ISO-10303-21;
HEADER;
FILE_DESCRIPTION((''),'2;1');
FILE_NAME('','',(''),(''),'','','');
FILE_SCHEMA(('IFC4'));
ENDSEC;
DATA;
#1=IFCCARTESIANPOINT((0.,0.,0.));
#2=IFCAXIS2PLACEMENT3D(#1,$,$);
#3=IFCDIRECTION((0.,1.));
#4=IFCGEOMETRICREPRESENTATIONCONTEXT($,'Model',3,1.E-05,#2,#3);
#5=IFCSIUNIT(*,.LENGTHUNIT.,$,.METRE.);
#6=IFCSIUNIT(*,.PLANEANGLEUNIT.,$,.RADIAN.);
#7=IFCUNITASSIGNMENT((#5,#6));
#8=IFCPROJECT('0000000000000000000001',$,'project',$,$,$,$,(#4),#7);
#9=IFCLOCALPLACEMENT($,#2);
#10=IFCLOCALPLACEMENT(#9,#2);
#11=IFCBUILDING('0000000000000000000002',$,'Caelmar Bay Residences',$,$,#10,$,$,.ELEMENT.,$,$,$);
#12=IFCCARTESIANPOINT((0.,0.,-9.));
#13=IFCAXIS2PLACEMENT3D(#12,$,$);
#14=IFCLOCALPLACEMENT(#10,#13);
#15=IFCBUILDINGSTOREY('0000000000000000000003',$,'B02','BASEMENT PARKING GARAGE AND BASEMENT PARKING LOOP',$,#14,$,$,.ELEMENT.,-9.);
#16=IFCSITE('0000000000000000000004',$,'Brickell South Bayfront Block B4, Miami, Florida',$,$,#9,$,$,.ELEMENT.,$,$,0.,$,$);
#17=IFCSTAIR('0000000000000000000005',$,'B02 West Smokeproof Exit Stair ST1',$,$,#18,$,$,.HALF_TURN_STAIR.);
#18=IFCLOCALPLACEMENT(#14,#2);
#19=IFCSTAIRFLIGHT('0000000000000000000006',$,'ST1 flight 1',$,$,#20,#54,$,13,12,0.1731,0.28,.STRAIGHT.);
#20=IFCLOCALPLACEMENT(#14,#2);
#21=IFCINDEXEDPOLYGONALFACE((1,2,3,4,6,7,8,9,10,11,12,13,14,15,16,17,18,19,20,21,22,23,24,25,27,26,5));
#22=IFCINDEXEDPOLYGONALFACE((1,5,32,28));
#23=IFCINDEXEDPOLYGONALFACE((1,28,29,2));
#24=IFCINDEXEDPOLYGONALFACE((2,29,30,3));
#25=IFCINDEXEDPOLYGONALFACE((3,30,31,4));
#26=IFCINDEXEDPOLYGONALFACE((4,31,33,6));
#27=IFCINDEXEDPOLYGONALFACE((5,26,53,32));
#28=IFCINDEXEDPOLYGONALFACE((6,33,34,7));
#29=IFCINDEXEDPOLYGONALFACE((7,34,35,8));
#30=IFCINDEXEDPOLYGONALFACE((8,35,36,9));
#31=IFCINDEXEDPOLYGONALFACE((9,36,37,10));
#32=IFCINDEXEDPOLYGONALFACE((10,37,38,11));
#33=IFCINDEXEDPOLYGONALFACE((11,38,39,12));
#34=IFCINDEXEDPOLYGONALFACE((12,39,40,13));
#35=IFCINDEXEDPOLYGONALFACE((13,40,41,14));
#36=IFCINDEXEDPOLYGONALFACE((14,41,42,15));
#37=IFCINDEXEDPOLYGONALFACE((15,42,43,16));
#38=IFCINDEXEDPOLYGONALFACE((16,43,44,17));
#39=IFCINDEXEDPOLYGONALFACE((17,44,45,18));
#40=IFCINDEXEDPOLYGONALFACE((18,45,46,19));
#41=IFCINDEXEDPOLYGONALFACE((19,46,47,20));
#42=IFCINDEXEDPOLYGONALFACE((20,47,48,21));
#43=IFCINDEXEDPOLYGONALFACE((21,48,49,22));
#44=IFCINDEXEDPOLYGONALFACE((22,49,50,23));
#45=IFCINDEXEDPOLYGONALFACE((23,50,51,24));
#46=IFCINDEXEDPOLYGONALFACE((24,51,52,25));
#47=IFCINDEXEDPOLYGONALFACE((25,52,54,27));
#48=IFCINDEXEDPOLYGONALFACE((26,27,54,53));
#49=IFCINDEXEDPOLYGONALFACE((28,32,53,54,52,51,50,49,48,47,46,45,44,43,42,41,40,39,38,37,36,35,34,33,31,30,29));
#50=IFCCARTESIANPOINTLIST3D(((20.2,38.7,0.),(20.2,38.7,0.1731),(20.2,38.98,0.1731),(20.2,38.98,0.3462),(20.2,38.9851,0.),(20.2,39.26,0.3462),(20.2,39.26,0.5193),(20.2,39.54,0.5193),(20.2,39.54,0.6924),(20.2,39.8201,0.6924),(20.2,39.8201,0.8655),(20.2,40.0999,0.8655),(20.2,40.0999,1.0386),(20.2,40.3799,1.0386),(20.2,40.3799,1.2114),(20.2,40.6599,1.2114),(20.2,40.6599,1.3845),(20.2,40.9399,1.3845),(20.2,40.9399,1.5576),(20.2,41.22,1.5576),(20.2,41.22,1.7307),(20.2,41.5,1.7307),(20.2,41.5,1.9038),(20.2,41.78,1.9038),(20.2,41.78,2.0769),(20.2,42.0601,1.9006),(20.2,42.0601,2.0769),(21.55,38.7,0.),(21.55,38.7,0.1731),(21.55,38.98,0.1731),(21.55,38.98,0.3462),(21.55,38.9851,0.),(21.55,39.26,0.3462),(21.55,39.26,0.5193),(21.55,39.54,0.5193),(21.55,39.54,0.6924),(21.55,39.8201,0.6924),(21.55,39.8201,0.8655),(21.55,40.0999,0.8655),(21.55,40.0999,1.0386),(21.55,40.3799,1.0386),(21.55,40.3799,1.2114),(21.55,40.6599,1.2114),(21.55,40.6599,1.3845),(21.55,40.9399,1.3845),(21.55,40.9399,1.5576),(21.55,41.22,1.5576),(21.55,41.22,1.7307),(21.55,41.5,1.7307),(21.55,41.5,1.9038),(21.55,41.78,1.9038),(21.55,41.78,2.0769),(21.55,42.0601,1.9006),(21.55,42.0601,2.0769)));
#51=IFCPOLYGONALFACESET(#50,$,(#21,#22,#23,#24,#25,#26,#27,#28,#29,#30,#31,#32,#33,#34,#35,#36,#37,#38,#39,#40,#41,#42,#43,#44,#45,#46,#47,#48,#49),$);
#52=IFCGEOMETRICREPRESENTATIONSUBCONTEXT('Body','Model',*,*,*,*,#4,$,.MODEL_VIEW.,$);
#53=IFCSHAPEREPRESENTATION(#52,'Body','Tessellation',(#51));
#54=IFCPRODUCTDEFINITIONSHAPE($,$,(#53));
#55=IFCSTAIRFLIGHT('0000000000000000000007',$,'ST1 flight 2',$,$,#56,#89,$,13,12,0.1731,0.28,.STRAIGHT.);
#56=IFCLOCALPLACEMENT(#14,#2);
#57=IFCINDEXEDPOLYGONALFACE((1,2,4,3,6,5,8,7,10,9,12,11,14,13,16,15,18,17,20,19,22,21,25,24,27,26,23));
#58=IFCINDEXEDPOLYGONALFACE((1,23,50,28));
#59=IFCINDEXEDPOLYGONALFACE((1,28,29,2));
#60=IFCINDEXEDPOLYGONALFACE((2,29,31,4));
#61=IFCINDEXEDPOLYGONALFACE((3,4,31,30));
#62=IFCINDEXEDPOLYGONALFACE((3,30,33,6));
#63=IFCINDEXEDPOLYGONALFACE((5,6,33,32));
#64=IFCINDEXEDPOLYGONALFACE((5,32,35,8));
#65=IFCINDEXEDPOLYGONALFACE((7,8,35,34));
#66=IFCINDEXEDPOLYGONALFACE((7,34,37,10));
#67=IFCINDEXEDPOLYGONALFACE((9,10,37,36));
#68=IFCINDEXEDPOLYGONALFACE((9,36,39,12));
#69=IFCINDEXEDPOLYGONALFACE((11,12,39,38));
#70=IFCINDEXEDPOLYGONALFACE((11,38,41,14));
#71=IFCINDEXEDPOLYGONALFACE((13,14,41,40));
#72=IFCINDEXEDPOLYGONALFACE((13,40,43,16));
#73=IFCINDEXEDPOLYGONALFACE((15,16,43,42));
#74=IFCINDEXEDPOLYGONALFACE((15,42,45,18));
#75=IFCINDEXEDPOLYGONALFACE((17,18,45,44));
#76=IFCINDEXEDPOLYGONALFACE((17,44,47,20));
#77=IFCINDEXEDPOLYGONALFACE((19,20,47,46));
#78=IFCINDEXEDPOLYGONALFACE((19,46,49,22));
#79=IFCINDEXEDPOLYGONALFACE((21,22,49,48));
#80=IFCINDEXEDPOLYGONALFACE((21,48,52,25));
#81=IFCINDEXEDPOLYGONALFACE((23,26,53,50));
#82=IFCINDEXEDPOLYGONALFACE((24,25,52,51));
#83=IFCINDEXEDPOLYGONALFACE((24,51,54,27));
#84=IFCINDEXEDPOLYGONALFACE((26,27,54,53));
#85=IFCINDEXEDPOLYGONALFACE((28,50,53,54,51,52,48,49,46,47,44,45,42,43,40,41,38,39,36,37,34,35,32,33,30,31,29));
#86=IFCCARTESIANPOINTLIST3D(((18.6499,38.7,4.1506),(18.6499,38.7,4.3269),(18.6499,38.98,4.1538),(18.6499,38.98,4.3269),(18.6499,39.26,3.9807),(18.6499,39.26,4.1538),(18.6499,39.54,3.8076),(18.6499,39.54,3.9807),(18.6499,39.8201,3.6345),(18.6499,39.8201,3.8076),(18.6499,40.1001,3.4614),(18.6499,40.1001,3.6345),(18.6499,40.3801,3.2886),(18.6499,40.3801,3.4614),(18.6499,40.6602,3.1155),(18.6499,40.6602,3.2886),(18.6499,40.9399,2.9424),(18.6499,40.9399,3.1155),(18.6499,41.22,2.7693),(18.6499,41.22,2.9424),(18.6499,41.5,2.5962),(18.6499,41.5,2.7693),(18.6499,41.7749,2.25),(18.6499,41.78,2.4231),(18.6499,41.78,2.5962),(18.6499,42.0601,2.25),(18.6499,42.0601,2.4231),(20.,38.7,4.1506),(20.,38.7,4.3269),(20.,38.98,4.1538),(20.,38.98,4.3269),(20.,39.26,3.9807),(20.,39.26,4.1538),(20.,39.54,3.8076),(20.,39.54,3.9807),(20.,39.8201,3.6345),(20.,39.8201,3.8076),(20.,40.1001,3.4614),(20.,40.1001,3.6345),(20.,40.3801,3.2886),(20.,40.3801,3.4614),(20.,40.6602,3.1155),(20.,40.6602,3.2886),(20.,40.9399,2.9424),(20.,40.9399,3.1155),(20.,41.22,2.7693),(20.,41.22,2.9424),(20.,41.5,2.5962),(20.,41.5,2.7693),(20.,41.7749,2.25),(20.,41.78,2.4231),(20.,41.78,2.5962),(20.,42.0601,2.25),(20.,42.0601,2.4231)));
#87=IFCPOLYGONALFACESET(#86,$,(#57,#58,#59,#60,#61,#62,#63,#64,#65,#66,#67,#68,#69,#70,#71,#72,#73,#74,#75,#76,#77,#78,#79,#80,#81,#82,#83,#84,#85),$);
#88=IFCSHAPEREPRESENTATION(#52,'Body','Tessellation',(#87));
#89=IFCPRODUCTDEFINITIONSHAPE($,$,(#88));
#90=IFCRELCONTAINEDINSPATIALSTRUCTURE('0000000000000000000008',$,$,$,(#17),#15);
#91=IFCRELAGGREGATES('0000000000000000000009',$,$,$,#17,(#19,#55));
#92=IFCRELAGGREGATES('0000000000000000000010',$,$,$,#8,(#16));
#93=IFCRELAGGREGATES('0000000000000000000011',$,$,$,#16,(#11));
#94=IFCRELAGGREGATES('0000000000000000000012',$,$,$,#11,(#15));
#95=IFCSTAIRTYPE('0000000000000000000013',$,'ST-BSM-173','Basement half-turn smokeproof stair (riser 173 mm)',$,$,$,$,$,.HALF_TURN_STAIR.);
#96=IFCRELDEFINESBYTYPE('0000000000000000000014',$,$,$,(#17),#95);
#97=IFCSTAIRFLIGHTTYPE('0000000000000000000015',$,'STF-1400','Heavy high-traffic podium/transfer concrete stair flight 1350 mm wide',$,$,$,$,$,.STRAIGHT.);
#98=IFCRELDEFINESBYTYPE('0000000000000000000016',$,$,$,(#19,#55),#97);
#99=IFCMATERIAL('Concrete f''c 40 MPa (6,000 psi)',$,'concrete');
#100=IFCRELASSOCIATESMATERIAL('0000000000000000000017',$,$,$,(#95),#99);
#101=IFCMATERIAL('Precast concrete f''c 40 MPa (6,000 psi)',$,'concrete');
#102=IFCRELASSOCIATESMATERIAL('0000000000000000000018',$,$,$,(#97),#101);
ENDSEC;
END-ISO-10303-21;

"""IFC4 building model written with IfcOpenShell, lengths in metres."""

from ifc_helpers import new_model, si_unit, direction, frame, origin, place, context, subcontext, project, spatial, polyline, outline, extrude, material, type_object, element, aggregate, save


model = new_model("IFC4")

# Units and contexts
model_context = context("Model", 3, precision=1e-05, world=origin(), true_north=direction((0.0, 1.0)))
body_context = subcontext(model_context, "Body", "Model", "MODEL_VIEW")
ifc_project = project(units=[si_unit("LENGTHUNIT", "METRE"), si_unit("PLANEANGLEUNIT", "RADIAN")], contexts=[model_context])

# Site, building, storey
site_placement = place(None, origin())
site = spatial("IfcSite", under=ifc_project, at=site_placement, Name="Brickell South Bayfront Block B4, Miami, Florida", CompositionType="ELEMENT", RefElevation=0.0)
building_placement = place(site_placement, origin())
building = spatial("IfcBuilding", under=site, at=building_placement, Name="Caelmar Bay Residences", CompositionType="ELEMENT")
storey_placement = place(building_placement, frame((0.0, 0.0, -9.0)))
storey = spatial("IfcBuildingStorey", under=building, at=storey_placement, Name="B02", Description="BASEMENT PARKING GARAGE AND BASEMENT PARKING LOOP", CompositionType="ELEMENT", Elevation=-9.0)

# Shared definitions
ifc_material_1 = material(Name="Concrete f'c 40 MPa (6,000 psi)", Category="concrete")

# Stair, stair flights
stair_type = type_object("IfcStairType", Name="ST-BSM-173", Description="Basement half-turn smokeproof stair (riser 173 mm)", PredefinedType="HALF_TURN_STAIR", material=ifc_material_1)
stair_placement = place(storey_placement, origin())
stair = element("IfcStair", 1, at=stair_placement, inside=storey, type_object=stair_type, Name="B02 West Smokeproof Exit Stair ST1", PredefinedType="HALF_TURN_STAIR")
ifc_material_2 = material(Name="Precast concrete f'c 40 MPa (6,000 psi)", Category="concrete")
stair_flight_type = type_object("IfcStairFlightType", Name="STF-1400", Description="Heavy high-traffic podium/transfer concrete stair flight 1350 mm wide", PredefinedType="STRAIGHT", material=ifc_material_2)
stair_flight_1_placement = place(storey_placement, frame((20.875, 38.7, 0.0), z_axis=(0.0, 0.0, 1.0), x_axis=(0.0, 1.0, 0.0)))
stair_flight_1 = element("IfcStairFlight", 2, at=stair_flight_1_placement, type_object=stair_flight_type, Name="ST1 flight 1", NumberOfRisers=13, NumberOfTreads=12, PredefinedType="STRAIGHT", RiserHeight=0.1731, TreadLength=0.28, context=body_context, shape_type="SweptSolid", body=[
    extrude(outline(polyline([(0.0, 0.0), (0.0, 0.1731), (0.28, 0.1731), (0.28, 0.3462), (0.5601, 0.3462), (0.5601, 0.5193), (0.8401, 0.5193), (0.8401, 0.6924), (1.1201, 0.6924), (1.1201, 0.8655), (1.3999, 0.8655), (1.3999, 1.0386), (1.6799, 1.0386), (1.6799, 1.2114), (1.96, 1.2114), (1.96, 1.3845), (2.24, 1.3845), (2.24, 1.5576), (2.52, 1.5576), (2.52, 1.7307), (2.8, 1.7307), (2.8, 1.9038), (3.0801, 1.9038), (3.0801, 2.0769), (3.3601, 2.0769), (3.3601, 2.25), (3.3601, 1.9006), (0.2852, 0.0), (0.0, 0.0)])), frame((0.0, 0.675, 0.0), z_axis=(0.0, -1.0, 0.0), x_axis=(1.0, 0.0, 0.0)), (0.0, 0.0, 1.0), 1.3501),
])
stair_flight_2_placement = place(storey_placement, frame((19.325, 42.0601, 2.25), z_axis=(0.0, 0.0, 1.0), x_axis=(0.0, -1.0, 0.0)))
stair_flight_2 = element("IfcStairFlight", 3, at=stair_flight_2_placement, type_object=stair_flight_type, Name="ST1 flight 2", NumberOfRisers=13, NumberOfTreads=12, PredefinedType="STRAIGHT", RiserHeight=0.1731, TreadLength=0.28, context=body_context, shape_type="SweptSolid", body=[
    extrude(outline(polyline([(0.0, 0.0), (0.0, 0.1731), (0.28, 0.1731), (0.28, 0.3462), (0.5601, 0.3462), (0.5601, 0.5193), (0.8401, 0.5193), (0.8401, 0.6924), (1.1201, 0.6924), (1.1201, 0.8655), (1.3999, 0.8655), (1.3999, 1.0386), (1.6799, 1.0386), (1.6799, 1.2114), (1.96, 1.2114), (1.96, 1.3845), (2.24, 1.3845), (2.24, 1.5576), (2.52, 1.5576), (2.52, 1.7307), (2.8, 1.7307), (2.8, 1.9038), (3.0801, 1.9038), (3.0801, 2.0769), (3.3601, 2.0769), (3.3601, 2.25), (3.3601, 1.9006), (0.2852, 0.0), (0.0, 0.0)])), frame((0.0, 0.675, 0.0), z_axis=(0.0, -1.0, 0.0), x_axis=(1.0, 0.0, 0.0)), (0.0, 0.0, 1.0), 1.3501),
])
aggregate(stair, [stair_flight_1, stair_flight_2])

save(model, "model.ifc")
